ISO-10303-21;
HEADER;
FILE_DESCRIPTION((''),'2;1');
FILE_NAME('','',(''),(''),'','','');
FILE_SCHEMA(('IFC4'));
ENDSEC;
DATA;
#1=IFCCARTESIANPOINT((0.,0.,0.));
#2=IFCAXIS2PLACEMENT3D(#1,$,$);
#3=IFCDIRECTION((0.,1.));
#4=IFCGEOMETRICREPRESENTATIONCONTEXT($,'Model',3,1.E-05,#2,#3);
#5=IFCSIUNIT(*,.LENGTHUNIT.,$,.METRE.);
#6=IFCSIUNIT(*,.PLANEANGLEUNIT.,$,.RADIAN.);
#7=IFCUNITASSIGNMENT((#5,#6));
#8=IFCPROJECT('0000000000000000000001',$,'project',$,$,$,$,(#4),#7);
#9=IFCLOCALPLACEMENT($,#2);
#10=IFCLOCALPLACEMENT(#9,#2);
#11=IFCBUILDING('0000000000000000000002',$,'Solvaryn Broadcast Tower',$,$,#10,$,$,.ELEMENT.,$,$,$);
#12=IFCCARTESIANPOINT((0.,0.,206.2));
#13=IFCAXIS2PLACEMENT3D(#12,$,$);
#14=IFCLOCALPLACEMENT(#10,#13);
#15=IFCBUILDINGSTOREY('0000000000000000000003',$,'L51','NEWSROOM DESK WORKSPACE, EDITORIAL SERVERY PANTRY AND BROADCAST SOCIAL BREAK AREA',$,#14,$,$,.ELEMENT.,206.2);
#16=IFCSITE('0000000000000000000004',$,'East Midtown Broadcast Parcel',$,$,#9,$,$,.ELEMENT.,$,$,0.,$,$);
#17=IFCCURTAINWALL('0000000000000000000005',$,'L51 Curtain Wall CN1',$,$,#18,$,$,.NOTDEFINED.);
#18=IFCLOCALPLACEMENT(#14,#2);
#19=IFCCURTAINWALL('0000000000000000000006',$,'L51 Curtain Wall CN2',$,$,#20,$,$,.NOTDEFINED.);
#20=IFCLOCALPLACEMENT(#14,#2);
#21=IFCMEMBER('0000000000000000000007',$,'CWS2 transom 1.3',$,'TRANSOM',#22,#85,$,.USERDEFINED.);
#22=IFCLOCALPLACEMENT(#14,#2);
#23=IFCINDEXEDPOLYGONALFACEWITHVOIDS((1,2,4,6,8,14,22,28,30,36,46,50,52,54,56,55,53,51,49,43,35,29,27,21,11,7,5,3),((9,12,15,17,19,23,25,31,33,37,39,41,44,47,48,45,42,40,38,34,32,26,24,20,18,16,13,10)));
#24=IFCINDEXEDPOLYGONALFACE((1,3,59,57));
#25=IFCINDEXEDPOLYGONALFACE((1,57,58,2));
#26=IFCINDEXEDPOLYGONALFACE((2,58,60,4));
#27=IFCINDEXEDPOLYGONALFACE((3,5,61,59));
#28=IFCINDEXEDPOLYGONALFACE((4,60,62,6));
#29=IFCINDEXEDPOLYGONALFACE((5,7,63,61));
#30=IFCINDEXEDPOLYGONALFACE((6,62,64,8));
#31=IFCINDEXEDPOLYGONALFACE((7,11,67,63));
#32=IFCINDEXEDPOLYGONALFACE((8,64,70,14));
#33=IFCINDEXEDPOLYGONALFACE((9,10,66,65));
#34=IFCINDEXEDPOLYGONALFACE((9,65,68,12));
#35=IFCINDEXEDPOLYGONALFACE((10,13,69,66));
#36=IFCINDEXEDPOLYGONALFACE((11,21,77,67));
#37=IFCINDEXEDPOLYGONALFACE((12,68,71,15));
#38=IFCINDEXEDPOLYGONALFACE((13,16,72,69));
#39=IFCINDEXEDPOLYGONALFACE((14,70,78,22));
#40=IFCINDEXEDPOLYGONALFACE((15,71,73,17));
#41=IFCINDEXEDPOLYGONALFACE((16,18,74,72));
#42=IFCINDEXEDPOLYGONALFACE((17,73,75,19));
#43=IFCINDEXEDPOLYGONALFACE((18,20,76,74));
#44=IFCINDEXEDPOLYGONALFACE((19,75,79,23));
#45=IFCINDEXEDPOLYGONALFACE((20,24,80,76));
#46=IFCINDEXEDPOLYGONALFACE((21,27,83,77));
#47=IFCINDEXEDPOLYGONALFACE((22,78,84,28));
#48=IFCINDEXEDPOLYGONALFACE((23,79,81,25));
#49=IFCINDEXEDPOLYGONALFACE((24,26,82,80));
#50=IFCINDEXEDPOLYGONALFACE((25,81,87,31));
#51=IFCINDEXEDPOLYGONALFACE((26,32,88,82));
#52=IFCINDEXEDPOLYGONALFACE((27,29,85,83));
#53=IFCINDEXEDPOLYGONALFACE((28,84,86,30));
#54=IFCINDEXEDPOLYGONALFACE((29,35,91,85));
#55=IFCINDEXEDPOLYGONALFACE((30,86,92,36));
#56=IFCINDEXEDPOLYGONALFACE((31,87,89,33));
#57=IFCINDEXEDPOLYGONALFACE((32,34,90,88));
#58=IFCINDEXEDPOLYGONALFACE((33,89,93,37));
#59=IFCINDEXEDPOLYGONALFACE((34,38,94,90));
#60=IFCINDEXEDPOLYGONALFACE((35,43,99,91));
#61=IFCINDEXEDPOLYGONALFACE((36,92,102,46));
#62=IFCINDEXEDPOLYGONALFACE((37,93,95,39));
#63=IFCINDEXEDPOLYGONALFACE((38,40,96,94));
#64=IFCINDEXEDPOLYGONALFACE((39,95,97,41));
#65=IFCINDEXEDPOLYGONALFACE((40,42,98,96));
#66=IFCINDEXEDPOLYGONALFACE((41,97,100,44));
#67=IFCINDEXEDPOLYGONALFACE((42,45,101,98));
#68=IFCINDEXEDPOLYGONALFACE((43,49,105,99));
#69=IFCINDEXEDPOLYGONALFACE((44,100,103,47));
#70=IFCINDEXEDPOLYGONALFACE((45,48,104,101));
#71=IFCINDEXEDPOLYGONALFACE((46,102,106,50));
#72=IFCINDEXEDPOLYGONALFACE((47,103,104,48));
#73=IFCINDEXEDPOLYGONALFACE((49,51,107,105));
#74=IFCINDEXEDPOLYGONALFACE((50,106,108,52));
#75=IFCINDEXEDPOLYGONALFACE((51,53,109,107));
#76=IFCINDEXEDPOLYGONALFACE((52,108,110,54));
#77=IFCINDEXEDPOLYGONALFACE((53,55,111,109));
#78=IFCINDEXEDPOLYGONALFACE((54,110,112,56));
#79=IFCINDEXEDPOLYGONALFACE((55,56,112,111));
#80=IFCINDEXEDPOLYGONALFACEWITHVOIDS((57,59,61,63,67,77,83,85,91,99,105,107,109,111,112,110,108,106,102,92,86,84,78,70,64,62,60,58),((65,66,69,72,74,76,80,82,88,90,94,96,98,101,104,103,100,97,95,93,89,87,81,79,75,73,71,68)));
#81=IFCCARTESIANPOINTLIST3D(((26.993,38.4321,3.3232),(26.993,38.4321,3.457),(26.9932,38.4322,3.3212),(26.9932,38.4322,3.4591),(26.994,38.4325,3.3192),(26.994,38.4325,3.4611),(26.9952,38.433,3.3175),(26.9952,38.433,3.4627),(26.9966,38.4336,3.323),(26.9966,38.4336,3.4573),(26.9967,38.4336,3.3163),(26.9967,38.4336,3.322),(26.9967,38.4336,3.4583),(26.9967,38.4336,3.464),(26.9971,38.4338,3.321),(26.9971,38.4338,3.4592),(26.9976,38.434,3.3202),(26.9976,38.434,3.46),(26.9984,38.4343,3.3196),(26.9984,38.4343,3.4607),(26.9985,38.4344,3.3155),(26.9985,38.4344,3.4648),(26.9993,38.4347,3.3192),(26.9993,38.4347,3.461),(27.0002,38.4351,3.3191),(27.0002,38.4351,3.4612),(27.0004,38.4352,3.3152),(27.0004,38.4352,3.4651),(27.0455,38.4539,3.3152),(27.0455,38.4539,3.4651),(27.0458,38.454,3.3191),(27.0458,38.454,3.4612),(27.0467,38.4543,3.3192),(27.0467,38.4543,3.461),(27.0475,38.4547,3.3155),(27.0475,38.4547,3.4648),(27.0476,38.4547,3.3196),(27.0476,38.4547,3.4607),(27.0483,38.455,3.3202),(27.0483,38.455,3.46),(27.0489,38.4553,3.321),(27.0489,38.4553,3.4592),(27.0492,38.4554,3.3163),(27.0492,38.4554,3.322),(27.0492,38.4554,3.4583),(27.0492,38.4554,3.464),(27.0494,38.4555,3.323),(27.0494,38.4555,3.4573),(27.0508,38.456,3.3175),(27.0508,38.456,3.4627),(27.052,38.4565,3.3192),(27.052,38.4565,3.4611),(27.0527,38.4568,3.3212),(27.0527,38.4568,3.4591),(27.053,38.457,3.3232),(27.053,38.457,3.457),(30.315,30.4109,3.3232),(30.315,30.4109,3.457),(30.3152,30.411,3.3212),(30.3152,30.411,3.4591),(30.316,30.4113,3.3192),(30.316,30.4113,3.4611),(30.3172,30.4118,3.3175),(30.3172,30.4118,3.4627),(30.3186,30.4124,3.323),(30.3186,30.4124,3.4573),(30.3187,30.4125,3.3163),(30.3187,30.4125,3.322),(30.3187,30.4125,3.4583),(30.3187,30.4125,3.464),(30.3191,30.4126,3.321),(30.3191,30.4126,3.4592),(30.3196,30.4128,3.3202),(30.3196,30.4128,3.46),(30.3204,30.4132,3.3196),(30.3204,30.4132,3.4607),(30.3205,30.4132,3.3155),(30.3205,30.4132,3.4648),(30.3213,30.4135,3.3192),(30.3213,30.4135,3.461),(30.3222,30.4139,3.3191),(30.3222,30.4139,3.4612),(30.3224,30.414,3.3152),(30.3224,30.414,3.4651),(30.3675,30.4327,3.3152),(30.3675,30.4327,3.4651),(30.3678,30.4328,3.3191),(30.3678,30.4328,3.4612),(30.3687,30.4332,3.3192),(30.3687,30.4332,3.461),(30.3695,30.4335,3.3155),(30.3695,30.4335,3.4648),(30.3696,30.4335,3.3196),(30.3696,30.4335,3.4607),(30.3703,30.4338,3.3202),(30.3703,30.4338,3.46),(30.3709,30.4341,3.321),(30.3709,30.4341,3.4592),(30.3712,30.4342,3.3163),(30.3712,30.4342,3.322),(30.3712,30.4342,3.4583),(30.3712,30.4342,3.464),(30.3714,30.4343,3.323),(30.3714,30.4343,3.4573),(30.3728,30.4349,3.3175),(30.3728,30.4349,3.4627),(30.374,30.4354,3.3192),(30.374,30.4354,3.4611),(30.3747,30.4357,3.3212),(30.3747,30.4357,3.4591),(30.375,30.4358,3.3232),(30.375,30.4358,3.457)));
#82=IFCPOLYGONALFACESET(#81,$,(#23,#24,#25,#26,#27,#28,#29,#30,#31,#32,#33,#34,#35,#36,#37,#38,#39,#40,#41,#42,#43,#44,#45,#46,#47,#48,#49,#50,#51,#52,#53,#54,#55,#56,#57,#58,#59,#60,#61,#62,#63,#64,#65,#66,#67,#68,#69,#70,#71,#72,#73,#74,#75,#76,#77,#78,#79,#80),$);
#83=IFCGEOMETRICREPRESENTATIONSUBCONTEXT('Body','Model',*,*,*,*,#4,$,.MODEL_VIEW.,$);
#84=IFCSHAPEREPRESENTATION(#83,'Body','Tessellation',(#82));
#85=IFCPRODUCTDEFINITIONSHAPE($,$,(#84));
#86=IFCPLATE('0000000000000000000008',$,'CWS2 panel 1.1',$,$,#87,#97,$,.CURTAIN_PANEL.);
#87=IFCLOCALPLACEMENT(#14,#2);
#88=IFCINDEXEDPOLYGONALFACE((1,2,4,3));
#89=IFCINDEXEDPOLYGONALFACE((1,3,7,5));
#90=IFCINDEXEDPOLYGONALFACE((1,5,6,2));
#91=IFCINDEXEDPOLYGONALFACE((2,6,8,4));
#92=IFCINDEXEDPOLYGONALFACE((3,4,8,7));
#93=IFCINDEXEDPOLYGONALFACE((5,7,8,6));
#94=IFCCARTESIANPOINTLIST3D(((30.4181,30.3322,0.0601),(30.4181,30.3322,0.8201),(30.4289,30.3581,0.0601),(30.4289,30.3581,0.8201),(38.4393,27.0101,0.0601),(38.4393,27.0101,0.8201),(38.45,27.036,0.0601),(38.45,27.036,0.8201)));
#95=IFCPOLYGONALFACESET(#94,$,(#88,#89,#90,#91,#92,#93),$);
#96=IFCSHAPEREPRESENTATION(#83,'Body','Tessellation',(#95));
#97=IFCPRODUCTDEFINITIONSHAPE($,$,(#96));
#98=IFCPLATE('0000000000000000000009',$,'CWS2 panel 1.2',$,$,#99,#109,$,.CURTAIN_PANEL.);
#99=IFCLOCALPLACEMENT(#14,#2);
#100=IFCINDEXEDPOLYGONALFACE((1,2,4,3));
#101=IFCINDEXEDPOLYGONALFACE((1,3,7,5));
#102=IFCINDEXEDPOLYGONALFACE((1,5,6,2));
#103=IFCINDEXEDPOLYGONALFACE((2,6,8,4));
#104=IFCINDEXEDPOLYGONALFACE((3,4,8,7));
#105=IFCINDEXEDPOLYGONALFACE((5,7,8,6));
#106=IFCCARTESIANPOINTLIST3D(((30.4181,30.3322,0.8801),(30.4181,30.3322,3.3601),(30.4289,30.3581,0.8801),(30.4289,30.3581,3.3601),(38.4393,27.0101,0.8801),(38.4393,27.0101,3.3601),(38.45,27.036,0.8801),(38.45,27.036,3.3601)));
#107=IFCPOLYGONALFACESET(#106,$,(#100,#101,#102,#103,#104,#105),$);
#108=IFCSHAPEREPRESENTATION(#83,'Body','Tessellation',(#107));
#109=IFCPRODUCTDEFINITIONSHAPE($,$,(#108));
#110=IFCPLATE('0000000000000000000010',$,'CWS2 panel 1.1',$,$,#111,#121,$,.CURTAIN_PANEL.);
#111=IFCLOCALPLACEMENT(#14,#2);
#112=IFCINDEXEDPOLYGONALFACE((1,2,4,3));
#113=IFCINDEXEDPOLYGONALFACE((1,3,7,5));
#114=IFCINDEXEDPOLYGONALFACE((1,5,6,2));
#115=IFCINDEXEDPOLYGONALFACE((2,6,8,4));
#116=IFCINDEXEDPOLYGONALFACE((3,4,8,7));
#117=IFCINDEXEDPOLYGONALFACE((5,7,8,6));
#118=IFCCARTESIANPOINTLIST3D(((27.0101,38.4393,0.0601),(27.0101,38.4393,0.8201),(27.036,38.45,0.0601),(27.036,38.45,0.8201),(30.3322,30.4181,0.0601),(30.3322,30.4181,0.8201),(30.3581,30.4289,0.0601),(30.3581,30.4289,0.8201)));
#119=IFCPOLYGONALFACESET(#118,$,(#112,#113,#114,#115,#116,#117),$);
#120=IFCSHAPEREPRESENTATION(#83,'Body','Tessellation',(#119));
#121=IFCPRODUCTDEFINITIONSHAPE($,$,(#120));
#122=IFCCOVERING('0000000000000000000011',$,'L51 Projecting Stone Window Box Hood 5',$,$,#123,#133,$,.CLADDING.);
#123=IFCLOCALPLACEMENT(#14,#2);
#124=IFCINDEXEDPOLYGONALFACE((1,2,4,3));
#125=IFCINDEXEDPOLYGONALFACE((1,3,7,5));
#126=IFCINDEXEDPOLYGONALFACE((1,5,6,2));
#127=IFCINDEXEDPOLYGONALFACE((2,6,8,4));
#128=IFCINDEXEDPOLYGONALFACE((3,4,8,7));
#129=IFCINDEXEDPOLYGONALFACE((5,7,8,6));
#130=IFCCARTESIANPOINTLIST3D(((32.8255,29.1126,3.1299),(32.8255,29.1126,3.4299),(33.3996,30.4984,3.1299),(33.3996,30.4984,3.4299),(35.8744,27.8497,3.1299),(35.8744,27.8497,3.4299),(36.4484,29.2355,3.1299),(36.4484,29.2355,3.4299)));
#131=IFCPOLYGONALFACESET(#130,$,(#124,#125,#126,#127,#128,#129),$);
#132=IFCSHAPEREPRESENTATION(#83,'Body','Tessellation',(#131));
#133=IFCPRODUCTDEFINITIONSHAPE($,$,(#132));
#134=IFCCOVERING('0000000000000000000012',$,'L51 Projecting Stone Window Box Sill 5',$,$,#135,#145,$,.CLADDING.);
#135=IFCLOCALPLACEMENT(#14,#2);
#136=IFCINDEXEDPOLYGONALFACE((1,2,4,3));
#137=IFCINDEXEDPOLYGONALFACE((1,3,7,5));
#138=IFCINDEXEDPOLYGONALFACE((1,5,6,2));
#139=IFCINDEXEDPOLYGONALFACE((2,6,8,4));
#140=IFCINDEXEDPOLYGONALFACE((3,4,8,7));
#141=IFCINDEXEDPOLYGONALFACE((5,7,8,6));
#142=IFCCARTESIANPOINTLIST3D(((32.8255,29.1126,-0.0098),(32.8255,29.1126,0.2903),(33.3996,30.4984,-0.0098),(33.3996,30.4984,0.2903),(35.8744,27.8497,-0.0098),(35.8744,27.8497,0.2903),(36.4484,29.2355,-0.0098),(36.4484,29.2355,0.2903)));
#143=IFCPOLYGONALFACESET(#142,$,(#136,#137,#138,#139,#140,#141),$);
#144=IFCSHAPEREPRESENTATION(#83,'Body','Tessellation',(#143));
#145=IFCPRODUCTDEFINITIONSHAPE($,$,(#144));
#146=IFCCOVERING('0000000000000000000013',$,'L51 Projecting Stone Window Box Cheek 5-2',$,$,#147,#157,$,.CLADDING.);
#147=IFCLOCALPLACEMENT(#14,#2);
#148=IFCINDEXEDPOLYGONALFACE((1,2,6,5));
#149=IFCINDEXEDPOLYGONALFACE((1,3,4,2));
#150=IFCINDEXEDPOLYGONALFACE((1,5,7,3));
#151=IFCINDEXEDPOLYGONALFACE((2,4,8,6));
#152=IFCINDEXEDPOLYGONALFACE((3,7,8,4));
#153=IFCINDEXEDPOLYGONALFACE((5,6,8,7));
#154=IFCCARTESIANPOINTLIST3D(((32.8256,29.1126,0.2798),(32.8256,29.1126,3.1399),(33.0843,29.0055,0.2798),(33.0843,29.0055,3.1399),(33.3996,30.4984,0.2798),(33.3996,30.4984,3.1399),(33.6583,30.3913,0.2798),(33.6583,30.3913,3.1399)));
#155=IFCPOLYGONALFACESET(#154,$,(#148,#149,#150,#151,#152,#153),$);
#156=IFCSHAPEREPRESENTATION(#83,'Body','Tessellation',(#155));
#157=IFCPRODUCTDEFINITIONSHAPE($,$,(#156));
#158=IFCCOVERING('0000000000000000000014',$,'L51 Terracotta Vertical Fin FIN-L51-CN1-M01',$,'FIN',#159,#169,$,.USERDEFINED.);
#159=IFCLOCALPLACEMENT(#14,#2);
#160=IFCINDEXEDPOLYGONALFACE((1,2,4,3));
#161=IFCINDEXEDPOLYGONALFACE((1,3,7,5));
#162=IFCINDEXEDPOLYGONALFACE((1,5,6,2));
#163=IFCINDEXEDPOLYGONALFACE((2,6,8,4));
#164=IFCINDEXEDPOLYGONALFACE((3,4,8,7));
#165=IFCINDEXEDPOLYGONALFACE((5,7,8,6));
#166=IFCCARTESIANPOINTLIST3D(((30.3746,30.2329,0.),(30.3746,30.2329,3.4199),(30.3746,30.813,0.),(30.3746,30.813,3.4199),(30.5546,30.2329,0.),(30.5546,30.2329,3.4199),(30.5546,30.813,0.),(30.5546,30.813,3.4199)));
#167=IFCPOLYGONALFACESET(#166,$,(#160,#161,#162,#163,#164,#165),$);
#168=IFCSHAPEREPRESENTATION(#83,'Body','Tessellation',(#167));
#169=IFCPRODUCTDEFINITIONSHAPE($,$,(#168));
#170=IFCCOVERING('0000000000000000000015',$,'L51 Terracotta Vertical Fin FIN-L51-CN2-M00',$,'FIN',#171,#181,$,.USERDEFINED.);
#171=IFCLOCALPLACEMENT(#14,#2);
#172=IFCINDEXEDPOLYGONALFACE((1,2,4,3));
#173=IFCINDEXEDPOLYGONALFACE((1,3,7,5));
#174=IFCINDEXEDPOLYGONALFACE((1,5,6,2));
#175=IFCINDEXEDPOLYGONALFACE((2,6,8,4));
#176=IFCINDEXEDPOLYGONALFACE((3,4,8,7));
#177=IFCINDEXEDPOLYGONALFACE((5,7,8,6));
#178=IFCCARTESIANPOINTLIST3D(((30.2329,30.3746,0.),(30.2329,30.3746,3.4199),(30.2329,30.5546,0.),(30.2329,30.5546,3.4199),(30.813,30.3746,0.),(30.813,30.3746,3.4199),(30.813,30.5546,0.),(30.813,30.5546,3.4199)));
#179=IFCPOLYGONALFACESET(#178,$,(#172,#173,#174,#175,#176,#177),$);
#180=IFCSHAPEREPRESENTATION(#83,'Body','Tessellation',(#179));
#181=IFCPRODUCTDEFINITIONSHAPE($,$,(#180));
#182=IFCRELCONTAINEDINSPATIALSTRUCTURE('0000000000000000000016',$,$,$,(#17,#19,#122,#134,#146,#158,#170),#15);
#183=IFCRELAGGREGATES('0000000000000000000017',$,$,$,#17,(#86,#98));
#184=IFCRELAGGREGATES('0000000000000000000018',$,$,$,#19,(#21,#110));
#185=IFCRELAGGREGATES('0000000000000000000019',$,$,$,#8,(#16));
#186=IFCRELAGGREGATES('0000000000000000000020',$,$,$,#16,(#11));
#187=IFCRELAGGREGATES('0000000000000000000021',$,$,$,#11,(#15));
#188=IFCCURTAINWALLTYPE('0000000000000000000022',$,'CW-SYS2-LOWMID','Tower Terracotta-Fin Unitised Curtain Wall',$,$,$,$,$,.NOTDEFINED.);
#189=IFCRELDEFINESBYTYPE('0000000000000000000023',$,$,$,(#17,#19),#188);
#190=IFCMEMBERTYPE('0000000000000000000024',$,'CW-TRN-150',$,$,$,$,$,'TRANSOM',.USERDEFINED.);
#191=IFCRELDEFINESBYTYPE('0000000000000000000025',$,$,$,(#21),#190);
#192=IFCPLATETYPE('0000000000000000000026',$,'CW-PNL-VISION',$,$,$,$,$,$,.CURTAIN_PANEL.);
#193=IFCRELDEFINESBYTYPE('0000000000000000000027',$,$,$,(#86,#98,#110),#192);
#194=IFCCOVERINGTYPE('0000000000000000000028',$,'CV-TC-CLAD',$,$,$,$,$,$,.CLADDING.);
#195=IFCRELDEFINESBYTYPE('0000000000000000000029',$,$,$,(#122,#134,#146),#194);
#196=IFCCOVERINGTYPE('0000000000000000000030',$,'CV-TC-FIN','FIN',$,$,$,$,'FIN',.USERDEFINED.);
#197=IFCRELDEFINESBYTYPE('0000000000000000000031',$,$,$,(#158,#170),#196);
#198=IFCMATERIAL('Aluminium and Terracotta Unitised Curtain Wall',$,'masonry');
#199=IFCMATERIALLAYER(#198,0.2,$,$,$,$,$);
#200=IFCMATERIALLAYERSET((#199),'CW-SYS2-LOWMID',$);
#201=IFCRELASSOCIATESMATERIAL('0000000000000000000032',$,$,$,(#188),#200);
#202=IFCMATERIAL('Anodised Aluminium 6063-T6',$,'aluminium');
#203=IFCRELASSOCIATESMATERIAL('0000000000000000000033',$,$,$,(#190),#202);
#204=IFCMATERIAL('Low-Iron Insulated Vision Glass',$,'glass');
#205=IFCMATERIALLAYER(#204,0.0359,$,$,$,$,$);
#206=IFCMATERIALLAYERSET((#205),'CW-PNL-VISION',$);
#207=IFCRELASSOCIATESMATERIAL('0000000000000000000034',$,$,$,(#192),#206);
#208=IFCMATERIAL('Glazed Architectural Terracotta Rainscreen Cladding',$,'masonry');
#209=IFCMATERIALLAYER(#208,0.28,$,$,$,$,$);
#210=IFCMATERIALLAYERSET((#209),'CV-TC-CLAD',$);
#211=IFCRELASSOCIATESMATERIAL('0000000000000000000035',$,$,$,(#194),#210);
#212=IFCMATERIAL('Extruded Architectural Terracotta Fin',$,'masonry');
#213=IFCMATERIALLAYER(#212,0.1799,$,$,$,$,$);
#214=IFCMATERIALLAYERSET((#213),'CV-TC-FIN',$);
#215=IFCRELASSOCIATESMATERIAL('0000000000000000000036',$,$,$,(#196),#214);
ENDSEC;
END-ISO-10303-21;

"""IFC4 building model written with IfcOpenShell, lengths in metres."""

from ifc_helpers import new_model, si_unit, direction, frame, origin, origin_2d, place, context, subcontext, project, spatial, rectangle, hollow_rectangle, extrude, material, layer, layer_set, material_profile, profile_set, type_object, element, aggregate, save


model = new_model("IFC4")

# Units and contexts
model_context = context("Model", 3, precision=1e-05, world=origin(), true_north=direction((0.0, 1.0)))
body_context = subcontext(model_context, "Body", "Model", "MODEL_VIEW")
ifc_project = project(units=[si_unit("LENGTHUNIT", "METRE"), si_unit("PLANEANGLEUNIT", "RADIAN")], contexts=[model_context])

# Site, building, storey
site_placement = place(None, origin())
site = spatial("IfcSite", under=ifc_project, at=site_placement, Name="East Midtown Broadcast Parcel", CompositionType="ELEMENT", RefElevation=0.0)
building_placement = place(site_placement, origin())
building = spatial("IfcBuilding", under=site, at=building_placement, Name="Solvaryn Broadcast Tower", CompositionType="ELEMENT")
storey_placement = place(building_placement, frame((0.0, 0.0, 206.2)))
storey = spatial("IfcBuildingStorey", under=building, at=storey_placement, Name="L51", Description="NEWSROOM DESK WORKSPACE, EDITORIAL SERVERY PANTRY AND BROADCAST SOCIAL BREAK AREA", CompositionType="ELEMENT", Elevation=206.2)

# Curtain wall
ifc_material_1 = material(Name="Aluminium and Terracotta Unitised Curtain Wall", Category="masonry")
ifc_layer_1 = layer(ifc_material_1, 0.2)
ifc_layer_set_1 = layer_set([ifc_layer_1], Name="CW-SYS2-LOWMID")
curtain_wall_type = type_object("IfcCurtainWallType", Name="CW-SYS2-LOWMID", Description="Tower Terracotta-Fin Unitised Curtain Wall", PredefinedType="NOTDEFINED", material=ifc_layer_set_1)
curtain_wall_1_placement = place(storey_placement, origin())
curtain_wall_1 = element("IfcCurtainWall", 1, at=curtain_wall_1_placement, inside=storey, type_object=curtain_wall_type, Name="L51 Curtain Wall CN1", PredefinedType="NOTDEFINED")

# Curtain wall, member
curtain_wall_2_placement = place(storey_placement, origin())
curtain_wall_2 = element("IfcCurtainWall", 2, at=curtain_wall_2_placement, inside=storey, type_object=curtain_wall_type, Name="L51 Curtain Wall CN2", PredefinedType="NOTDEFINED")
ifc_material_2 = material(Name="Anodised Aluminium 6063-T6", Category="aluminium")
ifc_material_profile_1 = material_profile(ifc_material_2, hollow_rectangle(XDim=0.0649, YDim=0.1499, WallThickness=0.0039, InnerFilletRadius=0.0039, OuterFilletRadius=0.0081, at=origin_2d()))
ifc_profile_set_1 = profile_set([ifc_material_profile_1], Name="Anodised Aluminium 6063-T6")
member_type_1 = type_object("IfcMemberType", Name="CW-TRN-150", ElementType="TRANSOM", PredefinedType="USERDEFINED", material=ifc_profile_set_1)
member_1_placement = place(storey_placement, frame((30.345, 30.4233, 3.3901), z_axis=(-0.382636, 0.923899, 0.0), x_axis=(-0.923899, -0.382636, 0.0)))
member_1 = element("IfcMember", 3, at=member_1_placement, type_object=member_type_1, Name="CWS2 transom 1.3", ObjectType="TRANSOM", PredefinedType="USERDEFINED", context=body_context, shape_type="SweptSolid", body=[
    extrude(hollow_rectangle(XDim=0.0649, YDim=0.1499, WallThickness=0.0039, InnerFilletRadius=0.0039, OuterFilletRadius=0.0081, at=origin_2d()), origin(), (0.0, 0.0, 1.0), 8.6819),
])

# Plates
ifc_material_3 = material(Name="Low-Iron Insulated Vision Glass", Category="glass")
ifc_layer_2 = layer(ifc_material_3, 0.0359)
ifc_layer_set_2 = layer_set([ifc_layer_2], Name="CW-PNL-VISION")
plate_type = type_object("IfcPlateType", Name="CW-PNL-VISION", PredefinedType="CURTAIN_PANEL", material=ifc_layer_set_2)
plate_1_placement = place(storey_placement, frame((34.4341, 28.6841, 0.0601), z_axis=(0.0, 0.0, 1.0), x_axis=(-0.923895, 0.382646, 0.0)))
plate_1 = element("IfcPlate", 4, at=plate_1_placement, type_object=plate_type, Name="CWS2 panel 1.1", PredefinedType="CURTAIN_PANEL", context=body_context, shape_type="SweptSolid", body=[
    extrude(rectangle(XDim=8.6819, YDim=0.0281, at=origin_2d()), origin(), (0.0, 0.0, 1.0), 0.76),
])
plate_2_placement = place(storey_placement, frame((34.4341, 28.6841, 0.8801), z_axis=(0.0, 0.0, 1.0), x_axis=(-0.923895, 0.382646, 0.0)))
plate_2 = element("IfcPlate", 5, at=plate_2_placement, type_object=plate_type, Name="CWS2 panel 1.2", PredefinedType="CURTAIN_PANEL", context=body_context, shape_type="SweptSolid", body=[
    extrude(rectangle(XDim=8.6819, YDim=0.0281, at=origin_2d()), origin(), (0.0, 0.0, 1.0), 2.48),
])
aggregate(curtain_wall_1, [plate_1, plate_2])
plate_3_placement = place(storey_placement, frame((28.6841, 34.4341, 0.0601), z_axis=(0.0, 0.0, 1.0), x_axis=(-0.382646, 0.923895, 0.0)))
plate_3 = element("IfcPlate", 6, at=plate_3_placement, type_object=plate_type, Name="CWS2 panel 1.1", PredefinedType="CURTAIN_PANEL", context=body_context, shape_type="SweptSolid", body=[
    extrude(rectangle(XDim=8.6819, YDim=0.0281, at=origin_2d()), origin(), (0.0, 0.0, 1.0), 0.76),
])
aggregate(curtain_wall_2, [member_1, plate_3])

# Coverings
ifc_material_4 = material(Name="Glazed Architectural Terracotta Rainscreen Cladding", Category="masonry")
ifc_layer_3 = layer(ifc_material_4, 0.28)
ifc_layer_set_3 = layer_set([ifc_layer_3], Name="CV-TC-CLAD")
covering_type_1 = type_object("IfcCoveringType", Name="CV-TC-CLAD", PredefinedType="CLADDING", material=ifc_layer_set_3)
for number, where, z_axis, x_axis, name in (
    (7, (34.637, 29.1741, 3.1299), (0.0, 0.0, 1.0), (-0.92388, 0.382683, 0.0), "L51 Projecting Stone Window Box Hood 5"),
    (8, (34.637, 29.1741, -0.0098), (0.0, 0.0, 1.0), (-0.92388, 0.382683, 0.0), "L51 Projecting Stone Window Box Sill 5"),
):
    element("IfcCovering", number, at=place(storey_placement, frame(where, z_axis=z_axis, x_axis=x_axis)), inside=storey, type_object=covering_type_1, Name=name, PredefinedType="CLADDING", context=body_context, shape_type="SweptSolid", body=[
        extrude(rectangle(XDim=3.3, YDim=1.5, at=origin_2d()), origin(), (0.0, 0.0, 1.0), 0.3),
    ])
covering_1_placement = place(storey_placement, frame((33.2419, 29.752, 0.2798), z_axis=(0.0, 0.0, 1.0), x_axis=(-0.92388, 0.382683, 0.0)))
element("IfcCovering", 9, at=covering_1_placement, inside=storey, type_object=covering_type_1, Name="L51 Projecting Stone Window Box Cheek 5-2", PredefinedType="CLADDING", context=body_context, shape_type="SweptSolid", body=[
    extrude(rectangle(XDim=0.28, YDim=1.5, at=origin_2d()), origin(), (0.0, 0.0, 1.0), 2.8601),
])
ifc_material_5 = material(Name="Extruded Architectural Terracotta Fin", Category="masonry")
ifc_layer_4 = layer(ifc_material_5, 0.1799)
ifc_layer_set_4 = layer_set([ifc_layer_4], Name="CV-TC-FIN")
covering_type_2 = type_object("IfcCoveringType", Name="CV-TC-FIN", Description="FIN", ElementType="FIN", PredefinedType="USERDEFINED", material=ifc_layer_set_4)
covering_2_placement = place(storey_placement, frame((30.4646, 30.5229, 0.0), z_axis=(0.0, 0.0, 1.0), x_axis=(1.0, 0.0, 0.0)))
element("IfcCovering", 10, at=covering_2_placement, inside=storey, type_object=covering_type_2, Name="L51 Terracotta Vertical Fin FIN-L51-CN1-M01", ObjectType="FIN", PredefinedType="USERDEFINED", context=body_context, shape_type="SweptSolid", body=[
    extrude(rectangle(XDim=0.1799, YDim=0.5801, at=origin_2d()), origin(), (0.0, 0.0, 1.0), 3.4199),
])
covering_3_placement = place(storey_placement, frame((30.5229, 30.4646, 0.0), z_axis=(0.0, 0.0, 1.0), x_axis=(1.0, 0.0, 0.0)))
element("IfcCovering", 11, at=covering_3_placement, inside=storey, type_object=covering_type_2, Name="L51 Terracotta Vertical Fin FIN-L51-CN2-M00", ObjectType="FIN", PredefinedType="USERDEFINED", context=body_context, shape_type="SweptSolid", body=[
    extrude(rectangle(XDim=0.5801, YDim=0.1799, at=origin_2d()), origin(), (0.0, 0.0, 1.0), 3.4199),
])

save(model, "model.ifc")
